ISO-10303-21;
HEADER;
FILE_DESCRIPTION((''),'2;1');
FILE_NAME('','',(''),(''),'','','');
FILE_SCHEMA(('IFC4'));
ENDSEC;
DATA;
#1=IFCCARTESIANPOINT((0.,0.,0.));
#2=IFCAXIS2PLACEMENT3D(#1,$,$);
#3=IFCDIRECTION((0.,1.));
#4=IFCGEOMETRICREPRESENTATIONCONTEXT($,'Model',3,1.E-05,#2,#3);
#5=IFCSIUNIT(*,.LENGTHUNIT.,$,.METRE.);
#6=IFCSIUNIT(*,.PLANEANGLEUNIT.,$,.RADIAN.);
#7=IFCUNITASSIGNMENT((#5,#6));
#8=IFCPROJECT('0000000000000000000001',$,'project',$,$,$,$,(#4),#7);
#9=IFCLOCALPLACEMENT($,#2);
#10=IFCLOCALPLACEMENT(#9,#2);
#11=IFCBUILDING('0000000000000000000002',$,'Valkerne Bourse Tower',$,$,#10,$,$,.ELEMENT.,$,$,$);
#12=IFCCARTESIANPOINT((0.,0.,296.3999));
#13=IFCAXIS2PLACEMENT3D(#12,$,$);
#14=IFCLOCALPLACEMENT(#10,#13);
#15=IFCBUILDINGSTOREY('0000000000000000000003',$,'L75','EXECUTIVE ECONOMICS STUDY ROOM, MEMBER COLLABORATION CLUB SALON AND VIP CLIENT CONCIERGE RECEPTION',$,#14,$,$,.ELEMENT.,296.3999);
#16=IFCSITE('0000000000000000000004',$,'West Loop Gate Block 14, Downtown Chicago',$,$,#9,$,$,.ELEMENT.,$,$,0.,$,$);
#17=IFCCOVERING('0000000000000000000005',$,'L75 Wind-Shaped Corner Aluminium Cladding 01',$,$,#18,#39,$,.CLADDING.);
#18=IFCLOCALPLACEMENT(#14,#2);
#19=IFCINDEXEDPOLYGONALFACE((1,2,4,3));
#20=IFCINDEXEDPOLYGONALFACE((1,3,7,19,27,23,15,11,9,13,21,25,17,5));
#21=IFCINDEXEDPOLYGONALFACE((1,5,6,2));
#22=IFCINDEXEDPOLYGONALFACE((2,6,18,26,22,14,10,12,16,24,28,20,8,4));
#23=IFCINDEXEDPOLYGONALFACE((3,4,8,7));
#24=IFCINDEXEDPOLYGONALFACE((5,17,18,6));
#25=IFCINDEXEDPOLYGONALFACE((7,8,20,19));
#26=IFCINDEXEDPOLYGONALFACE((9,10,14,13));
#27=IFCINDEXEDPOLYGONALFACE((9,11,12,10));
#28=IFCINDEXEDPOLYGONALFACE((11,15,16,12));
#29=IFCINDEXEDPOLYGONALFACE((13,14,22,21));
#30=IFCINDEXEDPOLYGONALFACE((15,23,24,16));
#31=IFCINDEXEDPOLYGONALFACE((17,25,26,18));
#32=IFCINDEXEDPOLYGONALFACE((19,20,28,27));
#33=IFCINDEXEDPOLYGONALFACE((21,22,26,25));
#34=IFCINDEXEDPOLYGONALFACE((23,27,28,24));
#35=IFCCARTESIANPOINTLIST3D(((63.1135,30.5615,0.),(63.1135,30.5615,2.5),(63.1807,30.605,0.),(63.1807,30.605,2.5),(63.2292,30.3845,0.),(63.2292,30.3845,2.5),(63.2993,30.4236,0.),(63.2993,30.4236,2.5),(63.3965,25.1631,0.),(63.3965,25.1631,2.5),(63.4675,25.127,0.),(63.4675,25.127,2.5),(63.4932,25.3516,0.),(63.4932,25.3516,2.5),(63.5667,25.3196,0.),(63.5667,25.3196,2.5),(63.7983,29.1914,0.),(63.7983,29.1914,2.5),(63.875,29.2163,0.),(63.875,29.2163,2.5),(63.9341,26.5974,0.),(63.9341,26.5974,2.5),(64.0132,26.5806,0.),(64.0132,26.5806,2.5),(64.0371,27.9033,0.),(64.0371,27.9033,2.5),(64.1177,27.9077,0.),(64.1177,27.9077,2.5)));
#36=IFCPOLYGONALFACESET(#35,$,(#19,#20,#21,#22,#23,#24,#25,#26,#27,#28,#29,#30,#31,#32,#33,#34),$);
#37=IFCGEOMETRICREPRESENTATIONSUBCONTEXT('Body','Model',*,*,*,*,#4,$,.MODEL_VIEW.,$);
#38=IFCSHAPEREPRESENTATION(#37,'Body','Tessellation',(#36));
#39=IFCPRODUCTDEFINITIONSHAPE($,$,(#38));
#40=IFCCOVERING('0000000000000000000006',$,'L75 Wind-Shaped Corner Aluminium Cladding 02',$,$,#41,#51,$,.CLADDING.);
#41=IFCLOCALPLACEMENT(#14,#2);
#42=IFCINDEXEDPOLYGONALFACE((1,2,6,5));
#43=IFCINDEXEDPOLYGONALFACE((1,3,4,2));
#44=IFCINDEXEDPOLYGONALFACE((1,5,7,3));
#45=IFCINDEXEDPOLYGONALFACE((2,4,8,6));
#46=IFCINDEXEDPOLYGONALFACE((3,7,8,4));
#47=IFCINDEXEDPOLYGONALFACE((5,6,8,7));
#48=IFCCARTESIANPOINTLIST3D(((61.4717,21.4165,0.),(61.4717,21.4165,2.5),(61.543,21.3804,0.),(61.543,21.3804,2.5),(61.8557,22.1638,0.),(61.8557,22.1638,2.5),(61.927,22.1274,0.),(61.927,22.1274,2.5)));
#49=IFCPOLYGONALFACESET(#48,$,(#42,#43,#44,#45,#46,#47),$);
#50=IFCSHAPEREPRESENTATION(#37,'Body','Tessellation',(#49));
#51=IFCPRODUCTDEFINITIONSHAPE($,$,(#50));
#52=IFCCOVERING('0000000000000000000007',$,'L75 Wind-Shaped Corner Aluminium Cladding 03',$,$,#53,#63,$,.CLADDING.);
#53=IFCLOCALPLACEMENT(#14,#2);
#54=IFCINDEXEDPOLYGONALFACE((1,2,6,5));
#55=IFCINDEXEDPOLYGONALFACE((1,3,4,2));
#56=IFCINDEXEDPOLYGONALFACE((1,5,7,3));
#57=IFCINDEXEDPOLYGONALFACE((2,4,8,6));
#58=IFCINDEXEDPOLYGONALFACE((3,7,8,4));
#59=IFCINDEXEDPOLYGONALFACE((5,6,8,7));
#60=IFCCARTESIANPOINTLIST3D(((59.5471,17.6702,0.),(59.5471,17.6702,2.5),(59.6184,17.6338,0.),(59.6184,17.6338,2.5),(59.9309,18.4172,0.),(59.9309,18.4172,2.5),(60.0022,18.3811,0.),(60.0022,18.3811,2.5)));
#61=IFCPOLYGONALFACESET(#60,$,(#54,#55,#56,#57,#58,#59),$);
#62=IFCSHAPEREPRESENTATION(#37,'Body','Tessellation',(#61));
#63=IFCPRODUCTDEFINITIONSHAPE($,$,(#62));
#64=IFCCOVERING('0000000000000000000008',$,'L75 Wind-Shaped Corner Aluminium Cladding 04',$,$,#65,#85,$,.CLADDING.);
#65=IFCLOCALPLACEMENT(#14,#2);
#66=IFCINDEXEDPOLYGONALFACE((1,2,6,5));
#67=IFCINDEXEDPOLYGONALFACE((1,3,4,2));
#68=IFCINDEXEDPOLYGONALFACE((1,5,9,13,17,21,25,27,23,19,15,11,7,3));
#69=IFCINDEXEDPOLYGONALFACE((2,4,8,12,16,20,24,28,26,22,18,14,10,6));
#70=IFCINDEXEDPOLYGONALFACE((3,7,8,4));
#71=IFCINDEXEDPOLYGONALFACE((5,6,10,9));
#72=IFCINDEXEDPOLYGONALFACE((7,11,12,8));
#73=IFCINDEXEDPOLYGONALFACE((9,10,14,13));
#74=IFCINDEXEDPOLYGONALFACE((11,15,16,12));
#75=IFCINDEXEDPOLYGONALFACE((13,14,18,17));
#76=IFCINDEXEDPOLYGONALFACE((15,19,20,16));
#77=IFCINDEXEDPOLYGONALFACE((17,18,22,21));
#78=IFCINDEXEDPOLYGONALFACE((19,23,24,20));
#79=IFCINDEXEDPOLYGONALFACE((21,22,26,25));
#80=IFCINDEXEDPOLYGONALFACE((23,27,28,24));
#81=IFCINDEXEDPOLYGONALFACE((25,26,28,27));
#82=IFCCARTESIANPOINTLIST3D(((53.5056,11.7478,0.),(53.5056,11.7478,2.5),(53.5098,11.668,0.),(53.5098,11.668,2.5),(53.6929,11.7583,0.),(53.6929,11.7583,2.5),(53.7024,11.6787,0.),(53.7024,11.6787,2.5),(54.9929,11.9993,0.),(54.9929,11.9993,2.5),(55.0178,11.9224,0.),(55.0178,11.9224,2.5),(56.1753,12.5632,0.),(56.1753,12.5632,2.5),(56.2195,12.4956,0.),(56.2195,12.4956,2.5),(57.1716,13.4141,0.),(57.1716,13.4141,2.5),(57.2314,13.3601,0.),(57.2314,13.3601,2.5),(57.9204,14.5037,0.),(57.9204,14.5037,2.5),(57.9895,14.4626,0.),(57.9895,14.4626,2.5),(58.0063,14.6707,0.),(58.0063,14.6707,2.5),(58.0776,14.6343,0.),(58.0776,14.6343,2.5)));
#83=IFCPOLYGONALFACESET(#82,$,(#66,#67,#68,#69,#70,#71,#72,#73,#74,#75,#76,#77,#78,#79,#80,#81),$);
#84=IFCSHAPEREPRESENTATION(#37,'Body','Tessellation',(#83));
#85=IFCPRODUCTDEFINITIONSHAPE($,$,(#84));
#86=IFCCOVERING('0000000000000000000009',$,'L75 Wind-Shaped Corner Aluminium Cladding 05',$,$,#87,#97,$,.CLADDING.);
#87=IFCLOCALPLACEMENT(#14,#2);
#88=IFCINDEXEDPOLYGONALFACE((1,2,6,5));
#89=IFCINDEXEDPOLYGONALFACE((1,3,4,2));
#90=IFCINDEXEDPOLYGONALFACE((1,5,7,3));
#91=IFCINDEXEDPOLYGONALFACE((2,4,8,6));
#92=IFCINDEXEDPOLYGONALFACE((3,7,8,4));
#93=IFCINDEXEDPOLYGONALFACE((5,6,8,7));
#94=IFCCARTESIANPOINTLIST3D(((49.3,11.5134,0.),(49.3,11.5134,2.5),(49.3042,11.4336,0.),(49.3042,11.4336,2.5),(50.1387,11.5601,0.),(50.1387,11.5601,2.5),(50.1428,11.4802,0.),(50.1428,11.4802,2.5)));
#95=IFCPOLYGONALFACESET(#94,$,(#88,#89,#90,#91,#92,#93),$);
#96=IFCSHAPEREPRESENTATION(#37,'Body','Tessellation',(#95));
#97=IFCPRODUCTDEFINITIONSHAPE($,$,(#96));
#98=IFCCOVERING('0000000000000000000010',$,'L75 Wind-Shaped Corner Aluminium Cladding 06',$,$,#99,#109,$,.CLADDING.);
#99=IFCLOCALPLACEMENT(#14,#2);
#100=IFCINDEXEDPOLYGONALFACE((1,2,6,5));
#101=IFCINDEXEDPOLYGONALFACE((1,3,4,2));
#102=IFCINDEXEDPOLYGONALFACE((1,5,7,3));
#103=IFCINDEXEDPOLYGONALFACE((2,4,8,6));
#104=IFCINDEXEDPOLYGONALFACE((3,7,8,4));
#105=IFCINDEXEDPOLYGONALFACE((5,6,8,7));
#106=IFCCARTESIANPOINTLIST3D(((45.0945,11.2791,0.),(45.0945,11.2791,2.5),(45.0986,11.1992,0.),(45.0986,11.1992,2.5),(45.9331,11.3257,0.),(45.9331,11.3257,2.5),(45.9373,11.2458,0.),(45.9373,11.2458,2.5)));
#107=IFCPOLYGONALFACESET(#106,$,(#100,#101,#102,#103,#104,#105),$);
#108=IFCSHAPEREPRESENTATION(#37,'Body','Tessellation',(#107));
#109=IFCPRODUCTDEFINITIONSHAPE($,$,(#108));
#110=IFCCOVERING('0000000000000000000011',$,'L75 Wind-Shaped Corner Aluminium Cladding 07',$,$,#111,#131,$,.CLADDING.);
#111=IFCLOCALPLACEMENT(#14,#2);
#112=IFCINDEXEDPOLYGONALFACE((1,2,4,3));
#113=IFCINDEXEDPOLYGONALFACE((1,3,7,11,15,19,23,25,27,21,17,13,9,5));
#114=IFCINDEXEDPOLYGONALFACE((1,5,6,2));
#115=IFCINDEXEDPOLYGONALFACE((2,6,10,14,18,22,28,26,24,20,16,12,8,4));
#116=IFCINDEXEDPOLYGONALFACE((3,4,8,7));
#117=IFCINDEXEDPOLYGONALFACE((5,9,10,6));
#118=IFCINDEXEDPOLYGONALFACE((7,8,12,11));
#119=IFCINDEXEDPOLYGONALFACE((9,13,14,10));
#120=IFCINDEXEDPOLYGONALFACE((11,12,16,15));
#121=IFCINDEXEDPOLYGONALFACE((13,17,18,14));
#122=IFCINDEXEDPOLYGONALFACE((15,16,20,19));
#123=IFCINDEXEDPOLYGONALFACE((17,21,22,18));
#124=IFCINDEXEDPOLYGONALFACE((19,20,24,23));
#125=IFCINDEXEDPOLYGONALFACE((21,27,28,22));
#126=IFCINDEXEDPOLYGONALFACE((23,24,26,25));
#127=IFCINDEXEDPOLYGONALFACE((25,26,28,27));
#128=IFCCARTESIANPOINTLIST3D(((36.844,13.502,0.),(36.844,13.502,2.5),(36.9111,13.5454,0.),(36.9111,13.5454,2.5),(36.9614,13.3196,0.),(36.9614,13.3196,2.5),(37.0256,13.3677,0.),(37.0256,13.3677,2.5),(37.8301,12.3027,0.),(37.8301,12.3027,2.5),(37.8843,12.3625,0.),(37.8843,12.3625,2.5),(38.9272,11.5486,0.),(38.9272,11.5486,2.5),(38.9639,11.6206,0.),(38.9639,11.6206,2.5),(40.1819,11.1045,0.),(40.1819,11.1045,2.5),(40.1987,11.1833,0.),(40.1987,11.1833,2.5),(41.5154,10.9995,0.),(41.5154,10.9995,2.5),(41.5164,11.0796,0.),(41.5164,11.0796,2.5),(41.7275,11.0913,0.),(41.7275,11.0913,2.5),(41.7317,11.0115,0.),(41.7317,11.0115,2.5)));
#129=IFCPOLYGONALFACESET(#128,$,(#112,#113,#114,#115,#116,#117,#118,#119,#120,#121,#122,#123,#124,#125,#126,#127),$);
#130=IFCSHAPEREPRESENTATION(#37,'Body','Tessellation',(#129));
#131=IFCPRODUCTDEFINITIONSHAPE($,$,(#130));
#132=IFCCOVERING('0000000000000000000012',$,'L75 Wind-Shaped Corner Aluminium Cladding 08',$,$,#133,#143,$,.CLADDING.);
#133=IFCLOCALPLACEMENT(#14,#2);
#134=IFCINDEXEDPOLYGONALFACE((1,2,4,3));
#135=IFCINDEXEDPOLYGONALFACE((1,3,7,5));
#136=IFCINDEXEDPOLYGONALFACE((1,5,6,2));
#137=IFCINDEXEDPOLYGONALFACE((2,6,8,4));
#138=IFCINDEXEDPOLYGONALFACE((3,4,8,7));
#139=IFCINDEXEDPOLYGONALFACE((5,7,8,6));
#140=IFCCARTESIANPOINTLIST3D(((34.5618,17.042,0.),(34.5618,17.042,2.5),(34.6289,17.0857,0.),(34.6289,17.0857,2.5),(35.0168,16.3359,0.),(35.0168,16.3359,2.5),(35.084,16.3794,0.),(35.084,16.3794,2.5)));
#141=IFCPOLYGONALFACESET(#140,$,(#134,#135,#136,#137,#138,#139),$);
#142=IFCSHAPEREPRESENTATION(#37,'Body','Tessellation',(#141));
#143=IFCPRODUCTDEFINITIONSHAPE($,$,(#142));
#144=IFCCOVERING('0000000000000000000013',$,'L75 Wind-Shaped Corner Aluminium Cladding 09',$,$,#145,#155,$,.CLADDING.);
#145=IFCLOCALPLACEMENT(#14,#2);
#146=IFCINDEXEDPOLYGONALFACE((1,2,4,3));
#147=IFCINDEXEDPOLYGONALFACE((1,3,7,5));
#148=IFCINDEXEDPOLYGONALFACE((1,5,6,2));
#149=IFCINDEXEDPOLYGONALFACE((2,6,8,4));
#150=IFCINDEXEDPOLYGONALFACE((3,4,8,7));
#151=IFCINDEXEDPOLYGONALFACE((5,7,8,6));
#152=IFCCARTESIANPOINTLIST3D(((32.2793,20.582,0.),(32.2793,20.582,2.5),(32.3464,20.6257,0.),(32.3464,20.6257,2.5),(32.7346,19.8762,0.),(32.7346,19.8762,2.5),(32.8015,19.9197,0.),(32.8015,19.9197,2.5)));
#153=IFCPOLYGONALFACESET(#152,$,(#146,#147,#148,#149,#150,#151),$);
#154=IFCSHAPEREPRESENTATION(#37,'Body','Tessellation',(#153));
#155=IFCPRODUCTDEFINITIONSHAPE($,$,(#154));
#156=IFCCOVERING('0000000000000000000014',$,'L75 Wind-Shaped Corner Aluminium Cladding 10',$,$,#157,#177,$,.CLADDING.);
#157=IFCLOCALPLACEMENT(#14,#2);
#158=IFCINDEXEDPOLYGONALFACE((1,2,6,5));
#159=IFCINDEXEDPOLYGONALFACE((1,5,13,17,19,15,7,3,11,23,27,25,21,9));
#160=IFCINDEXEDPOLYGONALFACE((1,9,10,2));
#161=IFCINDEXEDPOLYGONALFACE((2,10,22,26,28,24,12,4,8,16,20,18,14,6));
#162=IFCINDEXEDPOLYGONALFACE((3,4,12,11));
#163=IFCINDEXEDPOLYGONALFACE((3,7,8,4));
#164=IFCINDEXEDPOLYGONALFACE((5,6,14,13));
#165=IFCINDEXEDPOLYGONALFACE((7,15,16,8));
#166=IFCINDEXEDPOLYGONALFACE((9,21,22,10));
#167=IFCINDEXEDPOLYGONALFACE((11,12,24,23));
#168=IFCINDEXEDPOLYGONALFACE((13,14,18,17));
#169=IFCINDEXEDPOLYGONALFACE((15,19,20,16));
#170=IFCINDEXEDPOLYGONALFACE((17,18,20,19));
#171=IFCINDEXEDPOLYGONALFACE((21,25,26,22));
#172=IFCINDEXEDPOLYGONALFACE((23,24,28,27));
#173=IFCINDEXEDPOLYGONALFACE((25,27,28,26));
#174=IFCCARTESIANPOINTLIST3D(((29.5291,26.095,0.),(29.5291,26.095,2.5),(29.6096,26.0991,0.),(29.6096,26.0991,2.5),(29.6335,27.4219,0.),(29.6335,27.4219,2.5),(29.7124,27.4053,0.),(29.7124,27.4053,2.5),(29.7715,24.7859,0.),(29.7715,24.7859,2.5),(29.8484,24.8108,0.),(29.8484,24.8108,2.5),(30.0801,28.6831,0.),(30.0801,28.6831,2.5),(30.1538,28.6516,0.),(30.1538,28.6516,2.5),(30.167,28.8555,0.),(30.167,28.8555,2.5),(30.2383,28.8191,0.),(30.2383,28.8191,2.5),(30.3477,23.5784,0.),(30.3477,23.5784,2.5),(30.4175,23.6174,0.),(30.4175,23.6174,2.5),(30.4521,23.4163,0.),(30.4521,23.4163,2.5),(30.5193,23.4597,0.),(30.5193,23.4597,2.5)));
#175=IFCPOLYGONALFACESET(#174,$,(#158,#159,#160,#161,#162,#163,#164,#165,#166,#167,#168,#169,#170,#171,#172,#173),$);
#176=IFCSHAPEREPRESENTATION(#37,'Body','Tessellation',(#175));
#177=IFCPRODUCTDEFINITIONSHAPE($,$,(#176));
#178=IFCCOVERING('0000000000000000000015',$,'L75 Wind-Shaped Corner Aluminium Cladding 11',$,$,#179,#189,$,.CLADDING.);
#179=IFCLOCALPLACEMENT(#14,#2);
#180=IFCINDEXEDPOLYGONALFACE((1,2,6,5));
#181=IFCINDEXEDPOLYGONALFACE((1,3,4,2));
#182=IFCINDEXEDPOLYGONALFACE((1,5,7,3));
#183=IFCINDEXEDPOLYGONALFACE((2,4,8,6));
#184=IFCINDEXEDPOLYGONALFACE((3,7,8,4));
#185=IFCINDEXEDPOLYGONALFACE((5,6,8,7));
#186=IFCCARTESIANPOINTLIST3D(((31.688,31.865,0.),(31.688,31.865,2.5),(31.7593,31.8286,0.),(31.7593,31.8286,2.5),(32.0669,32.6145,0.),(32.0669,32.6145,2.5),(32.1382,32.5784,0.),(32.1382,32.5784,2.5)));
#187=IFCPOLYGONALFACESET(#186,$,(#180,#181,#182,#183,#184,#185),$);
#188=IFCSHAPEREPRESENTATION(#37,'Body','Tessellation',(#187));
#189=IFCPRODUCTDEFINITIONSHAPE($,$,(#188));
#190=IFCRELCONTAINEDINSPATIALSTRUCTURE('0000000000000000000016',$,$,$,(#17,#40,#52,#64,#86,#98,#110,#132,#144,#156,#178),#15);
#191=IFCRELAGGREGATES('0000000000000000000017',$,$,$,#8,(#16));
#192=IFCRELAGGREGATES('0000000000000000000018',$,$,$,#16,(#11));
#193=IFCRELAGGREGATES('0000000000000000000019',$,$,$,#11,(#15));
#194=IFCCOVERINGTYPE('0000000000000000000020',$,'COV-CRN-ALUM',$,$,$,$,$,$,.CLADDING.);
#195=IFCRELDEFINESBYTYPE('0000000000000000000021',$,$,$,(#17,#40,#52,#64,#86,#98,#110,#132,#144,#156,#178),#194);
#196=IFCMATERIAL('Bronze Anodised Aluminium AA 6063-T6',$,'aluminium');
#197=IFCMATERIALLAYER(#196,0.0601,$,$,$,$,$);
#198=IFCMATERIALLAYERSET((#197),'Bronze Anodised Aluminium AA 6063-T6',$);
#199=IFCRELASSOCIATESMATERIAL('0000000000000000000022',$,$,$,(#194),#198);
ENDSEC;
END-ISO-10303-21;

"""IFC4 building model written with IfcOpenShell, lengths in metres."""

from ifc_helpers import new_model, si_unit, direction, frame, origin, place, context, subcontext, project, spatial, polyline, outline, extrude, material, layer, layer_set, type_object, element, save


model = new_model("IFC4")

# Units and contexts
model_context = context("Model", 3, precision=1e-05, world=origin(), true_north=direction((0.0, 1.0)))
body_context = subcontext(model_context, "Body", "Model", "MODEL_VIEW")
ifc_project = project(units=[si_unit("LENGTHUNIT", "METRE"), si_unit("PLANEANGLEUNIT", "RADIAN")], contexts=[model_context])

# Site, building, storey
site_placement = place(None, origin())
site = spatial("IfcSite", under=ifc_project, at=site_placement, Name="West Loop Gate Block 14, Downtown Chicago", CompositionType="ELEMENT", RefElevation=0.0)
building_placement = place(site_placement, origin())
building = spatial("IfcBuilding", under=site, at=building_placement, Name="Valkerne Bourse Tower", CompositionType="ELEMENT")
storey_placement = place(building_placement, frame((0.0, 0.0, 296.3999)))
storey = spatial("IfcBuildingStorey", under=building, at=storey_placement, Name="L75", Description="EXECUTIVE ECONOMICS STUDY ROOM, MEMBER COLLABORATION CLUB SALON AND VIP CLIENT CONCIERGE RECEPTION", CompositionType="ELEMENT", Elevation=296.3999)

# Coverings
ifc_material_1 = material(Name="Bronze Anodised Aluminium AA 6063-T6", Category="aluminium")
ifc_layer_1 = layer(ifc_material_1, 0.0601)
ifc_layer_set_1 = layer_set([ifc_layer_1], Name="Bronze Anodised Aluminium AA 6063-T6")
covering_type_1 = type_object("IfcCoveringType", Name="COV-CRN-ALUM", PredefinedType="CLADDING", material=ifc_layer_set_1)
covering_1_placement = place(storey_placement, origin())
element("IfcCovering", 1, at=covering_1_placement, inside=storey, type_object=covering_type_1, Name="L75 Wind-Shaped Corner Aluminium Cladding 01", PredefinedType="CLADDING", context=body_context, shape_type="SweptSolid", body=[
    extrude(outline(polyline([(63.875, 29.2163), (64.1177, 27.9077), (64.0132, 26.5806), (63.5667, 25.3196), (63.4675, 25.127), (63.3965, 25.1631), (63.4932, 25.3516), (63.9341, 26.5974), (64.0371, 27.9033), (63.7983, 29.1914), (63.2292, 30.3845), (63.1135, 30.5615), (63.1807, 30.605), (63.2993, 30.4236), (63.875, 29.2163)])), origin(), (0.0, 0.0, 1.0), 2.5),
])
covering_2_placement = place(storey_placement, origin())
element("IfcCovering", 2, at=covering_2_placement, inside=storey, type_object=covering_type_1, Name="L75 Wind-Shaped Corner Aluminium Cladding 02", PredefinedType="CLADDING", context=body_context, shape_type="SweptSolid", body=[
    extrude(outline(polyline([(61.543, 21.3804), (61.4717, 21.4165), (61.8557, 22.1638), (61.927, 22.1274), (61.543, 21.3804)])), origin(), (0.0, 0.0, 1.0), 2.5),
])
covering_3_placement = place(storey_placement, origin())
element("IfcCovering", 3, at=covering_3_placement, inside=storey, type_object=covering_type_1, Name="L75 Wind-Shaped Corner Aluminium Cladding 03", PredefinedType="CLADDING", context=body_context, shape_type="SweptSolid", body=[
    extrude(outline(polyline([(59.6184, 17.6338), (59.5471, 17.6702), (59.9309, 18.4172), (60.0022, 18.3811), (59.6184, 17.6338)])), origin(), (0.0, 0.0, 1.0), 2.5),
])
covering_4_placement = place(storey_placement, origin())
element("IfcCovering", 4, at=covering_4_placement, inside=storey, type_object=covering_type_1, Name="L75 Wind-Shaped Corner Aluminium Cladding 04", PredefinedType="CLADDING", context=body_context, shape_type="SweptSolid", body=[
    extrude(outline(polyline([(57.9895, 14.4626), (57.2314, 13.3601), (56.2195, 12.4956), (55.0178, 11.9224), (53.7024, 11.6787), (53.5098, 11.668), (53.5056, 11.7478), (53.6929, 11.7583), (54.9929, 11.9993), (56.1753, 12.5632), (57.1716, 13.4141), (57.9204, 14.5037), (58.0063, 14.6707), (58.0776, 14.6343), (57.9895, 14.4626)])), origin(), (0.0, 0.0, 1.0), 2.5),
])
covering_5_placement = place(storey_placement, origin())
element("IfcCovering", 5, at=covering_5_placement, inside=storey, type_object=covering_type_1, Name="L75 Wind-Shaped Corner Aluminium Cladding 05", PredefinedType="CLADDING", context=body_context, shape_type="SweptSolid", body=[
    extrude(outline(polyline([(49.3042, 11.4336), (49.3, 11.5134), (50.1387, 11.5601), (50.1428, 11.4802), (49.3042, 11.4336)])), origin(), (0.0, 0.0, 1.0), 2.5),
])
covering_6_placement = place(storey_placement, origin())
element("IfcCovering", 6, at=covering_6_placement, inside=storey, type_object=covering_type_1, Name="L75 Wind-Shaped Corner Aluminium Cladding 06", PredefinedType="CLADDING", context=body_context, shape_type="SweptSolid", body=[
    extrude(outline(polyline([(45.0986, 11.1992), (45.0945, 11.2791), (45.9331, 11.3257), (45.9373, 11.2458), (45.0986, 11.1992)])), origin(), (0.0, 0.0, 1.0), 2.5),
])
covering_7_placement = place(storey_placement, origin())
element("IfcCovering", 7, at=covering_7_placement, inside=storey, type_object=covering_type_1, Name="L75 Wind-Shaped Corner Aluminium Cladding 07", PredefinedType="CLADDING", context=body_context, shape_type="SweptSolid", body=[
    extrude(outline(polyline([(41.5154, 10.9995), (40.1819, 11.1045), (38.9272, 11.5486), (37.8301, 12.3027), (36.9614, 13.3196), (36.844, 13.502), (36.9111, 13.5454), (37.0256, 13.3677), (37.8843, 12.3625), (38.9639, 11.6206), (40.1987, 11.1833), (41.5164, 11.0796), (41.7275, 11.0913), (41.7317, 11.0115), (41.5154, 10.9995)])), origin(), (0.0, 0.0, 1.0), 2.5),
])
covering_8_placement = place(storey_placement, origin())
element("IfcCovering", 8, at=covering_8_placement, inside=storey, type_object=covering_type_1, Name="L75 Wind-Shaped Corner Aluminium Cladding 08", PredefinedType="CLADDING", context=body_context, shape_type="SweptSolid", body=[
    extrude(outline(polyline([(34.5618, 17.042), (34.6289, 17.0857), (35.084, 16.3794), (35.0168, 16.3359), (34.5618, 17.042)])), origin(), (0.0, 0.0, 1.0), 2.5),
])
covering_9_placement = place(storey_placement, origin())
element("IfcCovering", 9, at=covering_9_placement, inside=storey, type_object=covering_type_1, Name="L75 Wind-Shaped Corner Aluminium Cladding 09", PredefinedType="CLADDING", context=body_context, shape_type="SweptSolid", body=[
    extrude(outline(polyline([(32.2793, 20.582), (32.3464, 20.6257), (32.8015, 19.9197), (32.7346, 19.8762), (32.2793, 20.582)])), origin(), (0.0, 0.0, 1.0), 2.5),
])
covering_10_placement = place(storey_placement, origin())
element("IfcCovering", 10, at=covering_10_placement, inside=storey, type_object=covering_type_1, Name="L75 Wind-Shaped Corner Aluminium Cladding 10", PredefinedType="CLADDING", context=body_context, shape_type="SweptSolid", body=[
    extrude(outline(polyline([(30.3477, 23.5784), (29.7715, 24.7859), (29.5291, 26.095), (29.6335, 27.4219), (30.0801, 28.6831), (30.167, 28.8555), (30.2383, 28.8191), (30.1538, 28.6516), (29.7124, 27.4053), (29.6096, 26.0991), (29.8484, 24.8108), (30.4175, 23.6174), (30.5193, 23.4597), (30.4521, 23.4163), (30.3477, 23.5784)])), origin(), (0.0, 0.0, 1.0), 2.5),
])
covering_11_placement = place(storey_placement, origin())
element("IfcCovering", 11, at=covering_11_placement, inside=storey, type_object=covering_type_1, Name="L75 Wind-Shaped Corner Aluminium Cladding 11", PredefinedType="CLADDING", context=body_context, shape_type="SweptSolid", body=[
    extrude(outline(polyline([(32.0669, 32.6145), (32.1382, 32.5784), (31.7593, 31.8286), (31.688, 31.865), (32.0669, 32.6145)])), origin(), (0.0, 0.0, 1.0), 2.5),
])

save(model, "model.ifc")
